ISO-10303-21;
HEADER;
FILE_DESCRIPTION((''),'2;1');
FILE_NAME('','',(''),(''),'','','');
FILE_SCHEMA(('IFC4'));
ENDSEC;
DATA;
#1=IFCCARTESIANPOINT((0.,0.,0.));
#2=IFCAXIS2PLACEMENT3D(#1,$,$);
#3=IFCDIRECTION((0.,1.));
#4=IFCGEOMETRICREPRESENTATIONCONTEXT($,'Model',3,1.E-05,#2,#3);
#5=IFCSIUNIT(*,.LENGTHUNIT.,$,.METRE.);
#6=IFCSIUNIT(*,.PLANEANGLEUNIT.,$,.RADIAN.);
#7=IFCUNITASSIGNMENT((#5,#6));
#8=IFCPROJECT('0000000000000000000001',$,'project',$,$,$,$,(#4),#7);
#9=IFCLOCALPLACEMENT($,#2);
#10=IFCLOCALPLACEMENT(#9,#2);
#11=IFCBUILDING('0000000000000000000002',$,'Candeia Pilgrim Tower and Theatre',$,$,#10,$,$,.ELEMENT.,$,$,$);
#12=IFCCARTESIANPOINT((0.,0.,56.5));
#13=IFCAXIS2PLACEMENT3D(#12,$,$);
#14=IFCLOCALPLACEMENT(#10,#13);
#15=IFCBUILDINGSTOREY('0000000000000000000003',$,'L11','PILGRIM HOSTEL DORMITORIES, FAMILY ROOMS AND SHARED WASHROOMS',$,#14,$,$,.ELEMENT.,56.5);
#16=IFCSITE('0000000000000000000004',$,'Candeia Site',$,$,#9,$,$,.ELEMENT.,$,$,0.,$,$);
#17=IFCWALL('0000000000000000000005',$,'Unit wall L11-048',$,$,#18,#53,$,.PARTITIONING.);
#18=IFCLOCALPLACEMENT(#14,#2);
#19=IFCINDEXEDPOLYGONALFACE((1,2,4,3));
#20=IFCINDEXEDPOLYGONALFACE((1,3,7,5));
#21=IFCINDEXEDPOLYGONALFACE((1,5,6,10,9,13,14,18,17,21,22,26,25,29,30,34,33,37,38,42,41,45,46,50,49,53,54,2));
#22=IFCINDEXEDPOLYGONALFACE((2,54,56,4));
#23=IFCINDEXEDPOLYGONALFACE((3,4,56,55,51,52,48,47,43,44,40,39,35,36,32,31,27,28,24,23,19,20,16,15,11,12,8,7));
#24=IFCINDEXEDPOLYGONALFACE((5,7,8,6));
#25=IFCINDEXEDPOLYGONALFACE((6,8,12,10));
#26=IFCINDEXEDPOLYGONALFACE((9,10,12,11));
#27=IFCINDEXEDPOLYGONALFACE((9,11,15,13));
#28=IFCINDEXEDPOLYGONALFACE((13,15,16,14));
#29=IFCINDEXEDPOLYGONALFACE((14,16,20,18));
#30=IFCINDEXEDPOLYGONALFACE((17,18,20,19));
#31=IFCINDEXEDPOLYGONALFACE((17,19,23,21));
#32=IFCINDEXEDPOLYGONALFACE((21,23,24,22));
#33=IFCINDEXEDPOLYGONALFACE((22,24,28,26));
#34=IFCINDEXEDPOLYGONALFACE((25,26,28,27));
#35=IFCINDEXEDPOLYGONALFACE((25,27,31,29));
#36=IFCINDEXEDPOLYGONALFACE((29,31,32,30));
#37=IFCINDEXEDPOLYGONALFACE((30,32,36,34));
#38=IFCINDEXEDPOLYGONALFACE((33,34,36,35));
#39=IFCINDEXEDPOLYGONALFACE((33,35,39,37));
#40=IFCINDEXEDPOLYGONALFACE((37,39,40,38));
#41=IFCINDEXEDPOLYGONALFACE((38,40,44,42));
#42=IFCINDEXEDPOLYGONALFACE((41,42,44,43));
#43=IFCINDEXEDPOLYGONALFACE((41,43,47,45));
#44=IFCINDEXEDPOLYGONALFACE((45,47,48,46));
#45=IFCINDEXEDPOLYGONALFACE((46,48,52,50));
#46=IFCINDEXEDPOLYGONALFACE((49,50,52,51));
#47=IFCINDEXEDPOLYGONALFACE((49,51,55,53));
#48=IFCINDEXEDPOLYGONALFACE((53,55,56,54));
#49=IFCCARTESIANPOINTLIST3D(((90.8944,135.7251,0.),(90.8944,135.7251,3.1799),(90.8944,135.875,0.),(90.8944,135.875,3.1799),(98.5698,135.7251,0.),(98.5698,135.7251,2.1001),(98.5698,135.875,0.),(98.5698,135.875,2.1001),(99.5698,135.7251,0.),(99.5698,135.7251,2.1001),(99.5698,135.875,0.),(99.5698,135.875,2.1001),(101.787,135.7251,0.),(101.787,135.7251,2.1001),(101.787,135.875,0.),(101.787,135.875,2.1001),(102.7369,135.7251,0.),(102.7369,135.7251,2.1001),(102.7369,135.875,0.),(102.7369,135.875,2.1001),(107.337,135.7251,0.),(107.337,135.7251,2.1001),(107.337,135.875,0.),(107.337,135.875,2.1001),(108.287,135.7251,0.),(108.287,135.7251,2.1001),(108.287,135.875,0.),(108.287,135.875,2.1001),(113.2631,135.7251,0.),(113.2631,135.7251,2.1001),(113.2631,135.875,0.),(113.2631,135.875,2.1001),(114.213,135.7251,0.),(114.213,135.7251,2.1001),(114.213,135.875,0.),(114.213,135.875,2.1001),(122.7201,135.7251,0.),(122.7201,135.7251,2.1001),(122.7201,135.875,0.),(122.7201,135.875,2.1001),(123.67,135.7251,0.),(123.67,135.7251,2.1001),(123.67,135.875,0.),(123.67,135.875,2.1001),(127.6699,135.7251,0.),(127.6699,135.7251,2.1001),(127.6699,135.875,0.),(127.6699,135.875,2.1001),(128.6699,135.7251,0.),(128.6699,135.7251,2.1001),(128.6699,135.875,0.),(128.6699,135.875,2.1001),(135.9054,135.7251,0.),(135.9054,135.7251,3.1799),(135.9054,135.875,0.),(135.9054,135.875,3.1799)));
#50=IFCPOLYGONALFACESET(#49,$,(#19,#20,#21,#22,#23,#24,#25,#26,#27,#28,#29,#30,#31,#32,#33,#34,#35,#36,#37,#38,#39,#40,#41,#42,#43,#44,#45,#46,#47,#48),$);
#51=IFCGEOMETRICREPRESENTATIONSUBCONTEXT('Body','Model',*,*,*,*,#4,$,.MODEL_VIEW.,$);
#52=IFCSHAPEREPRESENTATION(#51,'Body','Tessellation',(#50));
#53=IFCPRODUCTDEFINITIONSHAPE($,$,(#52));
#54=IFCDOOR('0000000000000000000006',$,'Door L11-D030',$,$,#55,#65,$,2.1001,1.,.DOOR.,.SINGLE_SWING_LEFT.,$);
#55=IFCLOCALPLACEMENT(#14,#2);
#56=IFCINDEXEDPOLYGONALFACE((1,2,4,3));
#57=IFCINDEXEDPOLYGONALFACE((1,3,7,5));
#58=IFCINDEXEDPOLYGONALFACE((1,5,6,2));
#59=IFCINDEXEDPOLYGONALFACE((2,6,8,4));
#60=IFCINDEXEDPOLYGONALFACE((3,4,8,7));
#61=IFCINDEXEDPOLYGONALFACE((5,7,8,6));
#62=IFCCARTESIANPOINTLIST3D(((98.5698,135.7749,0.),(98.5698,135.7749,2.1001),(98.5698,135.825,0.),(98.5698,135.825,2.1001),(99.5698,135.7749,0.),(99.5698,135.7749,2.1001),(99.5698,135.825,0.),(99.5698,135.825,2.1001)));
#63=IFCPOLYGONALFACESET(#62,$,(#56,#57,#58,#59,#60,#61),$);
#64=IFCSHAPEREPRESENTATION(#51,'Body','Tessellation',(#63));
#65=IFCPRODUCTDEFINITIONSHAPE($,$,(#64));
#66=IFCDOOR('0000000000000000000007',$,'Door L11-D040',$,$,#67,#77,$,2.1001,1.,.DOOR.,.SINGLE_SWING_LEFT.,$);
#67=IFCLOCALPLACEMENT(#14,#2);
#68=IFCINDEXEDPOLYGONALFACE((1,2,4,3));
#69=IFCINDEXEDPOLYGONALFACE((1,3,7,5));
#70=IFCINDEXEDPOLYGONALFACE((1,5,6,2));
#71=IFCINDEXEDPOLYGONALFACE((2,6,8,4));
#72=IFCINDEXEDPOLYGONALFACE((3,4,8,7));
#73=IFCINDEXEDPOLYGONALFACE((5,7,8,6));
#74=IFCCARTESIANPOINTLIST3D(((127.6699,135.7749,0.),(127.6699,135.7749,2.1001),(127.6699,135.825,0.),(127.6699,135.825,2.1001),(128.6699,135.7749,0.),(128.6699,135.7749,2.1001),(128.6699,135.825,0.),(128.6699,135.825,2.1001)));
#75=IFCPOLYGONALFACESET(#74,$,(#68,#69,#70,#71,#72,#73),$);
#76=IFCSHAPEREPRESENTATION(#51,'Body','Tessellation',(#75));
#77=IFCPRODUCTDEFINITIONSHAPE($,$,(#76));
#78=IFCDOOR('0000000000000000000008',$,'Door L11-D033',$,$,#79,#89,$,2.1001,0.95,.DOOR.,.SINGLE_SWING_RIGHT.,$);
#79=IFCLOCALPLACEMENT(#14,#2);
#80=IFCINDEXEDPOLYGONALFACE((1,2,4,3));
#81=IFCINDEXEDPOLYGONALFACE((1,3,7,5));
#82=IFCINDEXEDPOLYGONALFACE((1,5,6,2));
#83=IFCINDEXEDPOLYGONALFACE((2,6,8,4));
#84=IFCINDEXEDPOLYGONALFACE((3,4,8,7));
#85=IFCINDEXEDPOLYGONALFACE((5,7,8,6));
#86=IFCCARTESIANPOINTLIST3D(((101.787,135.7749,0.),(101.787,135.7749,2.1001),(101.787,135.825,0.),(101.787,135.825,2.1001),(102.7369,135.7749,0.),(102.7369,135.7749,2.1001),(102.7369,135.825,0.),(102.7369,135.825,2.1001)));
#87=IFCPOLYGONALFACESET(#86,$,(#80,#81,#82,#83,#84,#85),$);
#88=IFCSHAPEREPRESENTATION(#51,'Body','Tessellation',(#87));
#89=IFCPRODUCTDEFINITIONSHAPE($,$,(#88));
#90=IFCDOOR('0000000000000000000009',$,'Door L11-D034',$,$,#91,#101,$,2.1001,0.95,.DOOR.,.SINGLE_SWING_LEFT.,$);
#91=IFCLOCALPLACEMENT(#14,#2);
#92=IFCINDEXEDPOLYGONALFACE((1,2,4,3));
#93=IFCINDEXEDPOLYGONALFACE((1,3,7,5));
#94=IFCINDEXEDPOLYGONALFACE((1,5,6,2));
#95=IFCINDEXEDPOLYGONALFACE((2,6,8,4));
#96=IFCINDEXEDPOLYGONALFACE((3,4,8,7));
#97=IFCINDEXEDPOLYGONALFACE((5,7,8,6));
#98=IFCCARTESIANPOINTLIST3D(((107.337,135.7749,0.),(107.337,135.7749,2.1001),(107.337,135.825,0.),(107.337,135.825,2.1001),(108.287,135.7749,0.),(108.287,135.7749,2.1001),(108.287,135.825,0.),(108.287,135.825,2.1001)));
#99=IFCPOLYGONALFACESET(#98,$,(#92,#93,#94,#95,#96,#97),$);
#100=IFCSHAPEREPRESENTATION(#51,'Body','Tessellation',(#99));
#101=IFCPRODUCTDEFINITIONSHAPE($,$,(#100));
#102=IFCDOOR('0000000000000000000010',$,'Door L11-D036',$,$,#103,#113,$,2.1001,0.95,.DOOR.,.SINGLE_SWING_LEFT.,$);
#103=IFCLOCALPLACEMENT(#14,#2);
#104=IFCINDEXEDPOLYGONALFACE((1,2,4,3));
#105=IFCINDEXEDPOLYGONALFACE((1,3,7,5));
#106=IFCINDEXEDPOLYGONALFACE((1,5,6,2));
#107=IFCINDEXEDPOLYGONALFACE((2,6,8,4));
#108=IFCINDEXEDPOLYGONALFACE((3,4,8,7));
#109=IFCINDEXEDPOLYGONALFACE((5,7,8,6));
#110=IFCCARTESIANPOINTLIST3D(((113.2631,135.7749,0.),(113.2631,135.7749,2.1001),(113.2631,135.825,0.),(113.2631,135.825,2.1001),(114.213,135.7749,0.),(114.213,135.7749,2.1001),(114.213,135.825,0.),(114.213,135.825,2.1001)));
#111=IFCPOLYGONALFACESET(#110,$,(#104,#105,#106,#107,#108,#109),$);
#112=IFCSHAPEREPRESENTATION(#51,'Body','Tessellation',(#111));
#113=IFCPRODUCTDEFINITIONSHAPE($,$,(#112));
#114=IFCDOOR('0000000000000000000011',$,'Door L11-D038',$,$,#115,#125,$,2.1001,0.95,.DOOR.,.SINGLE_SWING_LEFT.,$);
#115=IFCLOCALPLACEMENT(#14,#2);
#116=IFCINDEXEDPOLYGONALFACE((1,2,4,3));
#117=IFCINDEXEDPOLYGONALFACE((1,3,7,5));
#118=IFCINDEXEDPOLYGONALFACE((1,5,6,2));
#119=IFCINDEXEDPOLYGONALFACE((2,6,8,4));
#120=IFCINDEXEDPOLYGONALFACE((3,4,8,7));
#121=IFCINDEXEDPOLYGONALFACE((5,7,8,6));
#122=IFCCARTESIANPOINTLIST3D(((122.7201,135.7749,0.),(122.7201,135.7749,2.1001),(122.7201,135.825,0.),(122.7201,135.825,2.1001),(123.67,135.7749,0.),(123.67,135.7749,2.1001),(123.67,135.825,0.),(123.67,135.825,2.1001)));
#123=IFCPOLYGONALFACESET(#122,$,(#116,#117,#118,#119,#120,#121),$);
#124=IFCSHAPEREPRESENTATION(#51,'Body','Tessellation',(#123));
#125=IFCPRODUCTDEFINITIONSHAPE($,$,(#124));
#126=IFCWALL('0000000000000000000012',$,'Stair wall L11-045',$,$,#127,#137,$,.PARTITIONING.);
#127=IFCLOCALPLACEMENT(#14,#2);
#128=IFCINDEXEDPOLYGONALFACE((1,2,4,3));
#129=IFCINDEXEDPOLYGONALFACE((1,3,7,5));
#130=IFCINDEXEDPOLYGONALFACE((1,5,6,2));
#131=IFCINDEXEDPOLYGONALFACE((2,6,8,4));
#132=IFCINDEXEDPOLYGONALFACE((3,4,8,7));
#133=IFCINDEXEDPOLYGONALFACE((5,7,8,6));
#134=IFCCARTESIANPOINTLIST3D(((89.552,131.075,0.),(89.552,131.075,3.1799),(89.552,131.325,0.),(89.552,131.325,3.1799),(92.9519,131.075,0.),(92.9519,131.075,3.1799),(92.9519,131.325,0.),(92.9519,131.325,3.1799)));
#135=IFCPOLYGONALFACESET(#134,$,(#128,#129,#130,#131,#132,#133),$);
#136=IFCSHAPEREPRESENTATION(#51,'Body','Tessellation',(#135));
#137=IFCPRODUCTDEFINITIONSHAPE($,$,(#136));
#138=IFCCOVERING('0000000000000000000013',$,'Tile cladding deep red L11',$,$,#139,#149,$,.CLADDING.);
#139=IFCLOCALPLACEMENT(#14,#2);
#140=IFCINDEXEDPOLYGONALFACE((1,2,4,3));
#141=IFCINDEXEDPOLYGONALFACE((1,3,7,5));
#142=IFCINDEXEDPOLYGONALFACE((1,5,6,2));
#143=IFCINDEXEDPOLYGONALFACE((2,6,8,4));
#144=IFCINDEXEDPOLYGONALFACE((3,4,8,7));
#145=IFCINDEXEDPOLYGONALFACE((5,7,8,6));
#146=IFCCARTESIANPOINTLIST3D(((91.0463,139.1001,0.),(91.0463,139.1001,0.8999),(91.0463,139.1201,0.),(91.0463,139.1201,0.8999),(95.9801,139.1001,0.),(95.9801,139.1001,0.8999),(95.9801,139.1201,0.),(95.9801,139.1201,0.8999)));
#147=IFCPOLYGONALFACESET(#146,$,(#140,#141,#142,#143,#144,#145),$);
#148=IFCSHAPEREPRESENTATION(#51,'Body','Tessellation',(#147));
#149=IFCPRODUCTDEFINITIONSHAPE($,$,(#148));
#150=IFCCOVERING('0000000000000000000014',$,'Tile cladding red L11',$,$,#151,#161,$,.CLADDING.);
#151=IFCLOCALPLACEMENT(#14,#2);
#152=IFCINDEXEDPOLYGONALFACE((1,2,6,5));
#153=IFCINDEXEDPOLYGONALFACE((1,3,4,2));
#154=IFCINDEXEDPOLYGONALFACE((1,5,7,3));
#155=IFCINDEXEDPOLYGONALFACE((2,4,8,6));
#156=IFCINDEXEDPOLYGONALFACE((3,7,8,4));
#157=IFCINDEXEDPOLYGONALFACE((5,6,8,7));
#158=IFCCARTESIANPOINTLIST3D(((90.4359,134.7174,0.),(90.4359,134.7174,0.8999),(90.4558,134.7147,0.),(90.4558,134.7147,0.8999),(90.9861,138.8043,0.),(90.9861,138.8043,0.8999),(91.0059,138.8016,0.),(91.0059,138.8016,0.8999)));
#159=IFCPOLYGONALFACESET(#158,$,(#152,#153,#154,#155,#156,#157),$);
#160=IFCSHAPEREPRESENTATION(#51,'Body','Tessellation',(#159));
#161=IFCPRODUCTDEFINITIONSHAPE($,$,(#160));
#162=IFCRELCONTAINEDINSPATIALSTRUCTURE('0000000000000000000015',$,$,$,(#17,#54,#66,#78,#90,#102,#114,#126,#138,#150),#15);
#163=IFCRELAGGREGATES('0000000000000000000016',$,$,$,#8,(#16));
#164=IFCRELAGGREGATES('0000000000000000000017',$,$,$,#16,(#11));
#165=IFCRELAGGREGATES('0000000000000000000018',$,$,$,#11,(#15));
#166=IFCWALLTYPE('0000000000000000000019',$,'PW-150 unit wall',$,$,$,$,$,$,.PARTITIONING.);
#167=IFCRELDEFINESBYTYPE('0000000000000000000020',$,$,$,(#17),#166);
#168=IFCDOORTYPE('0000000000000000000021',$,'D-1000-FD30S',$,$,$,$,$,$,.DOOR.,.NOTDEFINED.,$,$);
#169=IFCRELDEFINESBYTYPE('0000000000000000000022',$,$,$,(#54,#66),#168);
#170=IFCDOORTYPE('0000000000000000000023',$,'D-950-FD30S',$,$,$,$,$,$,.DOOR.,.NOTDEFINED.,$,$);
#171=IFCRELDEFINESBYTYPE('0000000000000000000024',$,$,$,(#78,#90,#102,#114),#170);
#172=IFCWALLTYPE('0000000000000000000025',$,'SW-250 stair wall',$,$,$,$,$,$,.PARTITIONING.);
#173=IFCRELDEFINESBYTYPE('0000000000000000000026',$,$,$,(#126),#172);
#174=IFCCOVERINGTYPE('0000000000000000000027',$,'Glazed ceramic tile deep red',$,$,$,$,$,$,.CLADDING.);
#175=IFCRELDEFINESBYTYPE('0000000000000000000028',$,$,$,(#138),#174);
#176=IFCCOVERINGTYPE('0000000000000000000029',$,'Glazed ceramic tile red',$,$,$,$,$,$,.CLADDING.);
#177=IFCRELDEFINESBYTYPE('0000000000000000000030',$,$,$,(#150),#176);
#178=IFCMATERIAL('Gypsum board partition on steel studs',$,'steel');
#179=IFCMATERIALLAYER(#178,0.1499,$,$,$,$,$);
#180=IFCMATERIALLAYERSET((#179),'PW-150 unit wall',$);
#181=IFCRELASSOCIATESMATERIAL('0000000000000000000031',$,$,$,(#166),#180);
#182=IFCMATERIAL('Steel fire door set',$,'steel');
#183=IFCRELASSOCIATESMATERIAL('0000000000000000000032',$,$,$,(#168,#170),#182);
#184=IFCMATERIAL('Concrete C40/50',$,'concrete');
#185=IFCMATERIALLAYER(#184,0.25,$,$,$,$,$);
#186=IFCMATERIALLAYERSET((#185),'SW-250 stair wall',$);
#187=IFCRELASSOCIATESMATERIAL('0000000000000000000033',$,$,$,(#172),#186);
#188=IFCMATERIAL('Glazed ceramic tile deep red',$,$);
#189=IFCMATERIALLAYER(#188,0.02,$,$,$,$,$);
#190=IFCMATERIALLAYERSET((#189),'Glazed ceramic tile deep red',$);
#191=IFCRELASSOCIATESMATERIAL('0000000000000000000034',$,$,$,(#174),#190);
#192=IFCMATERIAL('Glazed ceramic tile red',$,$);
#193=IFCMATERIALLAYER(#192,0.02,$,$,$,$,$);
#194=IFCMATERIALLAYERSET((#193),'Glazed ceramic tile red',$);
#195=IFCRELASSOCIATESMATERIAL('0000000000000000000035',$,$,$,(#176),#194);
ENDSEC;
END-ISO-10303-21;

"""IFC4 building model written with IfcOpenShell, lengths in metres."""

from ifc_helpers import new_model, si_unit, direction, frame, frame_2d, origin, origin_2d, place, context, subcontext, project, spatial, rectangle, extrude, material, layer, layer_set, type_object, element, fill, save


model = new_model("IFC4")

# Units and contexts
model_context = context("Model", 3, precision=1e-05, world=origin(), true_north=direction((0.0, 1.0)))
body_context = subcontext(model_context, "Body", "Model", "MODEL_VIEW")
ifc_project = project(units=[si_unit("LENGTHUNIT", "METRE"), si_unit("PLANEANGLEUNIT", "RADIAN")], contexts=[model_context])

# Site, building, storey
site_placement = place(None, origin())
site = spatial("IfcSite", under=ifc_project, at=site_placement, Name="Candeia Site", CompositionType="ELEMENT", RefElevation=0.0)
building_placement = place(site_placement, origin())
building = spatial("IfcBuilding", under=site, at=building_placement, Name="Candeia Pilgrim Tower and Theatre", CompositionType="ELEMENT")
storey_placement = place(building_placement, frame((0.0, 0.0, 56.5)))
storey = spatial("IfcBuildingStorey", under=building, at=storey_placement, Name="L11", Description="PILGRIM HOSTEL DORMITORIES, FAMILY ROOMS AND SHARED WASHROOMS", CompositionType="ELEMENT", Elevation=56.5)

# Shared definitions
ifc_material_1 = material(Name="Steel fire door set", Category="steel")

# Shared definitions
ifc_material_2 = material(Name="Gypsum board partition on steel studs", Category="steel")

# Wall, openings, doors
ifc_layer_1 = layer(ifc_material_2, 0.1499)
ifc_layer_set_1 = layer_set([ifc_layer_1], Name="PW-150 unit wall")
wall_type_1 = type_object("IfcWallType", Name="PW-150 unit wall", PredefinedType="PARTITIONING", material=ifc_layer_set_1)
wall_1_placement = place(storey_placement, frame((90.8945, 135.8, 0.0), z_axis=(0.0, 0.0, 1.0), x_axis=(1.0, 0.0, 0.0)))
wall_1 = element("IfcWall", 1, at=wall_1_placement, inside=storey, type_object=wall_type_1, Name="Unit wall L11-048", PredefinedType="PARTITIONING", context=body_context, shape_type="SweptSolid", body=[
    extrude(rectangle(XDim=45.011, YDim=0.1499, at=frame_2d((22.5054, 0.0))), origin(), (0.0, 0.0, 1.0), 3.1799),
])
opening_1_placement = place(wall_1_placement, frame((7.6753, 0.0, 0.0)))
opening_1 = element("IfcOpeningElement", 2, at=opening_1_placement, cuts=wall_1, PredefinedType="OPENING", context=body_context, shape_type="SweptSolid", body=[
    extrude(rectangle(XDim=1.0, YDim=2.1001, at=frame_2d((0.5, 1.05))), frame((0.0, 0.085, 0.0), z_axis=(0.0, -1.0, 0.0), x_axis=(1.0, 0.0, 0.0)), (0.0, 0.0, 1.0), 0.1699),
])
opening_2_placement = place(wall_1_placement, frame((10.8923, 0.0, 0.0)))
opening_2 = element("IfcOpeningElement", 3, at=opening_2_placement, cuts=wall_1, PredefinedType="OPENING", context=body_context, shape_type="SweptSolid", body=[
    extrude(rectangle(XDim=0.95, YDim=2.1001, at=frame_2d((0.4751, 1.05))), frame((0.0, 0.085, 0.0), z_axis=(0.0, -1.0, 0.0), x_axis=(1.0, 0.0, 0.0)), (0.0, 0.0, 1.0), 0.1699),
])
opening_3_placement = place(wall_1_placement, frame((16.4424, 0.0, 0.0)))
opening_3 = element("IfcOpeningElement", 4, at=opening_3_placement, cuts=wall_1, PredefinedType="OPENING", context=body_context, shape_type="SweptSolid", body=[
    extrude(rectangle(XDim=0.95, YDim=2.1001, at=frame_2d((0.4751, 1.05))), frame((0.0, 0.085, 0.0), z_axis=(0.0, -1.0, 0.0), x_axis=(1.0, 0.0, 0.0)), (0.0, 0.0, 1.0), 0.1699),
])
opening_4_placement = place(wall_1_placement, frame((22.3684, 0.0, 0.0)))
opening_4 = element("IfcOpeningElement", 5, at=opening_4_placement, cuts=wall_1, PredefinedType="OPENING", context=body_context, shape_type="SweptSolid", body=[
    extrude(rectangle(XDim=0.95, YDim=2.1001, at=frame_2d((0.4751, 1.05))), frame((0.0, 0.085, 0.0), z_axis=(0.0, -1.0, 0.0), x_axis=(1.0, 0.0, 0.0)), (0.0, 0.0, 1.0), 0.1699),
])
opening_5_placement = place(wall_1_placement, frame((31.8254, 0.0, 0.0)))
opening_5 = element("IfcOpeningElement", 6, at=opening_5_placement, cuts=wall_1, PredefinedType="OPENING", context=body_context, shape_type="SweptSolid", body=[
    extrude(rectangle(XDim=0.95, YDim=2.1001, at=frame_2d((0.4751, 1.05))), frame((0.0, 0.085, 0.0), z_axis=(0.0, -1.0, 0.0), x_axis=(1.0, 0.0, 0.0)), (0.0, 0.0, 1.0), 0.1699),
])
opening_6_placement = place(wall_1_placement, frame((36.7754, 0.0, 0.0)))
opening_6 = element("IfcOpeningElement", 7, at=opening_6_placement, cuts=wall_1, PredefinedType="OPENING", context=body_context, shape_type="SweptSolid", body=[
    extrude(rectangle(XDim=1.0, YDim=2.1001, at=frame_2d((0.5, 1.05))), frame((0.0, 0.085, 0.0), z_axis=(0.0, -1.0, 0.0), x_axis=(1.0, 0.0, 0.0)), (0.0, 0.0, 1.0), 0.1699),
])
door_type_1 = type_object("IfcDoorType", Name="D-1000-FD30S", OperationType="NOTDEFINED", PredefinedType="DOOR", material=ifc_material_1)
door_1_placement = place(opening_1_placement, origin())
door_1 = element("IfcDoor", 8, at=door_1_placement, inside=storey, type_object=door_type_1, Name="Door L11-D030", OperationType="SINGLE_SWING_LEFT", OverallHeight=2.1001, OverallWidth=1.0, PredefinedType="DOOR", context=body_context, shape_type="SweptSolid", body=[
    extrude(rectangle(XDim=1.0, YDim=2.1001, at=frame_2d((0.5, 1.05))), frame((0.0, 0.0249, 0.0), z_axis=(0.0, -1.0, 0.0), x_axis=(1.0, 0.0, 0.0)), (0.0, 0.0, 1.0), 0.05),
])
fill(opening_1, door_1)
door_2_placement = place(opening_6_placement, origin())
door_2 = element("IfcDoor", 9, at=door_2_placement, inside=storey, type_object=door_type_1, Name="Door L11-D040", OperationType="SINGLE_SWING_LEFT", OverallHeight=2.1001, OverallWidth=1.0, PredefinedType="DOOR", context=body_context, shape_type="SweptSolid", body=[
    extrude(rectangle(XDim=1.0, YDim=2.1001, at=frame_2d((0.5, 1.05))), frame((0.0, 0.0249, 0.0), z_axis=(0.0, -1.0, 0.0), x_axis=(1.0, 0.0, 0.0)), (0.0, 0.0, 1.0), 0.05),
])
fill(opening_6, door_2)
door_type_2 = type_object("IfcDoorType", Name="D-950-FD30S", OperationType="NOTDEFINED", PredefinedType="DOOR", material=ifc_material_1)
door_3_placement = place(opening_2_placement, origin())
door_3 = element("IfcDoor", 10, at=door_3_placement, inside=storey, type_object=door_type_2, Name="Door L11-D033", OperationType="SINGLE_SWING_RIGHT", OverallHeight=2.1001, OverallWidth=0.95, PredefinedType="DOOR", context=body_context, shape_type="SweptSolid", body=[
    extrude(rectangle(XDim=0.95, YDim=2.1001, at=frame_2d((0.4751, 1.05))), frame((0.0, 0.0249, 0.0), z_axis=(0.0, -1.0, 0.0), x_axis=(1.0, 0.0, 0.0)), (0.0, 0.0, 1.0), 0.05),
])
fill(opening_2, door_3)
door_4_placement = place(opening_3_placement, origin())
door_4 = element("IfcDoor", 11, at=door_4_placement, inside=storey, type_object=door_type_2, Name="Door L11-D034", OperationType="SINGLE_SWING_LEFT", OverallHeight=2.1001, OverallWidth=0.95, PredefinedType="DOOR", context=body_context, shape_type="SweptSolid", body=[
    extrude(rectangle(XDim=0.95, YDim=2.1001, at=frame_2d((0.4751, 1.05))), frame((0.0, 0.0249, 0.0), z_axis=(0.0, -1.0, 0.0), x_axis=(1.0, 0.0, 0.0)), (0.0, 0.0, 1.0), 0.05),
])
fill(opening_3, door_4)
door_5_placement = place(opening_4_placement, origin())
door_5 = element("IfcDoor", 12, at=door_5_placement, inside=storey, type_object=door_type_2, Name="Door L11-D036", OperationType="SINGLE_SWING_LEFT", OverallHeight=2.1001, OverallWidth=0.95, PredefinedType="DOOR", context=body_context, shape_type="SweptSolid", body=[
    extrude(rectangle(XDim=0.95, YDim=2.1001, at=frame_2d((0.4751, 1.05))), frame((0.0, 0.0249, 0.0), z_axis=(0.0, -1.0, 0.0), x_axis=(1.0, 0.0, 0.0)), (0.0, 0.0, 1.0), 0.05),
])
fill(opening_4, door_5)
door_6_placement = place(opening_5_placement, origin())
door_6 = element("IfcDoor", 13, at=door_6_placement, inside=storey, type_object=door_type_2, Name="Door L11-D038", OperationType="SINGLE_SWING_LEFT", OverallHeight=2.1001, OverallWidth=0.95, PredefinedType="DOOR", context=body_context, shape_type="SweptSolid", body=[
    extrude(rectangle(XDim=0.95, YDim=2.1001, at=frame_2d((0.4751, 1.05))), frame((0.0, 0.0249, 0.0), z_axis=(0.0, -1.0, 0.0), x_axis=(1.0, 0.0, 0.0)), (0.0, 0.0, 1.0), 0.05),
])
fill(opening_5, door_6)

# Wall
ifc_material_3 = material(Name="Concrete C40/50", Category="concrete")
ifc_layer_2 = layer(ifc_material_3, 0.25)
ifc_layer_set_2 = layer_set([ifc_layer_2], Name="SW-250 stair wall")
wall_type_2 = type_object("IfcWallType", Name="SW-250 stair wall", PredefinedType="PARTITIONING", material=ifc_layer_set_2)
wall_2_placement = place(storey_placement, frame((89.552, 131.2, 0.0), z_axis=(0.0, 0.0, 1.0), x_axis=(1.0, 0.0, 0.0)))
element("IfcWall", 14, at=wall_2_placement, inside=storey, type_object=wall_type_2, Name="Stair wall L11-045", PredefinedType="PARTITIONING", context=body_context, shape_type="SweptSolid", body=[
    extrude(rectangle(XDim=3.3999, YDim=0.25, at=frame_2d((1.7, 0.0))), origin(), (0.0, 0.0, 1.0), 3.1799),
])

# Coverings
ifc_material_4 = material(Name="Glazed ceramic tile deep red")
ifc_layer_3 = layer(ifc_material_4, 0.02)
ifc_layer_set_3 = layer_set([ifc_layer_3], Name="Glazed ceramic tile deep red")
covering_type_1 = type_object("IfcCoveringType", Name="Glazed ceramic tile deep red", PredefinedType="CLADDING", material=ifc_layer_set_3)
covering_1_placement = place(storey_placement, frame((93.5132, 139.1101, 0.0), z_axis=(0.0, 0.0, 1.0), x_axis=(-1.0, 0.0, 0.0)))
element("IfcCovering", 15, at=covering_1_placement, inside=storey, type_object=covering_type_1, Name="Tile cladding deep red L11", PredefinedType="CLADDING", context=body_context, shape_type="SweptSolid", body=[
    extrude(rectangle(XDim=4.9338, YDim=0.02, at=origin_2d()), origin(), (0.0, 0.0, 1.0), 0.8999),
])
ifc_material_5 = material(Name="Glazed ceramic tile red")
ifc_layer_4 = layer(ifc_material_5, 0.02)
ifc_layer_set_4 = layer_set([ifc_layer_4], Name="Glazed ceramic tile red")
covering_type_2 = type_object("IfcCoveringType", Name="Glazed ceramic tile red", PredefinedType="CLADDING", material=ifc_layer_set_4)
covering_2_placement = place(storey_placement, frame((90.7209, 136.7595, 0.0), z_axis=(0.0, 0.0, 1.0), x_axis=(-0.133412, -0.991061, 0.0)))
element("IfcCovering", 16, at=covering_2_placement, inside=storey, type_object=covering_type_2, Name="Tile cladding red L11", PredefinedType="CLADDING", context=body_context, shape_type="SweptSolid", body=[
    extrude(rectangle(XDim=4.1238, YDim=0.02, at=origin_2d()), origin(), (0.0, 0.0, 1.0), 0.8999),
])

save(model, "model.ifc")
